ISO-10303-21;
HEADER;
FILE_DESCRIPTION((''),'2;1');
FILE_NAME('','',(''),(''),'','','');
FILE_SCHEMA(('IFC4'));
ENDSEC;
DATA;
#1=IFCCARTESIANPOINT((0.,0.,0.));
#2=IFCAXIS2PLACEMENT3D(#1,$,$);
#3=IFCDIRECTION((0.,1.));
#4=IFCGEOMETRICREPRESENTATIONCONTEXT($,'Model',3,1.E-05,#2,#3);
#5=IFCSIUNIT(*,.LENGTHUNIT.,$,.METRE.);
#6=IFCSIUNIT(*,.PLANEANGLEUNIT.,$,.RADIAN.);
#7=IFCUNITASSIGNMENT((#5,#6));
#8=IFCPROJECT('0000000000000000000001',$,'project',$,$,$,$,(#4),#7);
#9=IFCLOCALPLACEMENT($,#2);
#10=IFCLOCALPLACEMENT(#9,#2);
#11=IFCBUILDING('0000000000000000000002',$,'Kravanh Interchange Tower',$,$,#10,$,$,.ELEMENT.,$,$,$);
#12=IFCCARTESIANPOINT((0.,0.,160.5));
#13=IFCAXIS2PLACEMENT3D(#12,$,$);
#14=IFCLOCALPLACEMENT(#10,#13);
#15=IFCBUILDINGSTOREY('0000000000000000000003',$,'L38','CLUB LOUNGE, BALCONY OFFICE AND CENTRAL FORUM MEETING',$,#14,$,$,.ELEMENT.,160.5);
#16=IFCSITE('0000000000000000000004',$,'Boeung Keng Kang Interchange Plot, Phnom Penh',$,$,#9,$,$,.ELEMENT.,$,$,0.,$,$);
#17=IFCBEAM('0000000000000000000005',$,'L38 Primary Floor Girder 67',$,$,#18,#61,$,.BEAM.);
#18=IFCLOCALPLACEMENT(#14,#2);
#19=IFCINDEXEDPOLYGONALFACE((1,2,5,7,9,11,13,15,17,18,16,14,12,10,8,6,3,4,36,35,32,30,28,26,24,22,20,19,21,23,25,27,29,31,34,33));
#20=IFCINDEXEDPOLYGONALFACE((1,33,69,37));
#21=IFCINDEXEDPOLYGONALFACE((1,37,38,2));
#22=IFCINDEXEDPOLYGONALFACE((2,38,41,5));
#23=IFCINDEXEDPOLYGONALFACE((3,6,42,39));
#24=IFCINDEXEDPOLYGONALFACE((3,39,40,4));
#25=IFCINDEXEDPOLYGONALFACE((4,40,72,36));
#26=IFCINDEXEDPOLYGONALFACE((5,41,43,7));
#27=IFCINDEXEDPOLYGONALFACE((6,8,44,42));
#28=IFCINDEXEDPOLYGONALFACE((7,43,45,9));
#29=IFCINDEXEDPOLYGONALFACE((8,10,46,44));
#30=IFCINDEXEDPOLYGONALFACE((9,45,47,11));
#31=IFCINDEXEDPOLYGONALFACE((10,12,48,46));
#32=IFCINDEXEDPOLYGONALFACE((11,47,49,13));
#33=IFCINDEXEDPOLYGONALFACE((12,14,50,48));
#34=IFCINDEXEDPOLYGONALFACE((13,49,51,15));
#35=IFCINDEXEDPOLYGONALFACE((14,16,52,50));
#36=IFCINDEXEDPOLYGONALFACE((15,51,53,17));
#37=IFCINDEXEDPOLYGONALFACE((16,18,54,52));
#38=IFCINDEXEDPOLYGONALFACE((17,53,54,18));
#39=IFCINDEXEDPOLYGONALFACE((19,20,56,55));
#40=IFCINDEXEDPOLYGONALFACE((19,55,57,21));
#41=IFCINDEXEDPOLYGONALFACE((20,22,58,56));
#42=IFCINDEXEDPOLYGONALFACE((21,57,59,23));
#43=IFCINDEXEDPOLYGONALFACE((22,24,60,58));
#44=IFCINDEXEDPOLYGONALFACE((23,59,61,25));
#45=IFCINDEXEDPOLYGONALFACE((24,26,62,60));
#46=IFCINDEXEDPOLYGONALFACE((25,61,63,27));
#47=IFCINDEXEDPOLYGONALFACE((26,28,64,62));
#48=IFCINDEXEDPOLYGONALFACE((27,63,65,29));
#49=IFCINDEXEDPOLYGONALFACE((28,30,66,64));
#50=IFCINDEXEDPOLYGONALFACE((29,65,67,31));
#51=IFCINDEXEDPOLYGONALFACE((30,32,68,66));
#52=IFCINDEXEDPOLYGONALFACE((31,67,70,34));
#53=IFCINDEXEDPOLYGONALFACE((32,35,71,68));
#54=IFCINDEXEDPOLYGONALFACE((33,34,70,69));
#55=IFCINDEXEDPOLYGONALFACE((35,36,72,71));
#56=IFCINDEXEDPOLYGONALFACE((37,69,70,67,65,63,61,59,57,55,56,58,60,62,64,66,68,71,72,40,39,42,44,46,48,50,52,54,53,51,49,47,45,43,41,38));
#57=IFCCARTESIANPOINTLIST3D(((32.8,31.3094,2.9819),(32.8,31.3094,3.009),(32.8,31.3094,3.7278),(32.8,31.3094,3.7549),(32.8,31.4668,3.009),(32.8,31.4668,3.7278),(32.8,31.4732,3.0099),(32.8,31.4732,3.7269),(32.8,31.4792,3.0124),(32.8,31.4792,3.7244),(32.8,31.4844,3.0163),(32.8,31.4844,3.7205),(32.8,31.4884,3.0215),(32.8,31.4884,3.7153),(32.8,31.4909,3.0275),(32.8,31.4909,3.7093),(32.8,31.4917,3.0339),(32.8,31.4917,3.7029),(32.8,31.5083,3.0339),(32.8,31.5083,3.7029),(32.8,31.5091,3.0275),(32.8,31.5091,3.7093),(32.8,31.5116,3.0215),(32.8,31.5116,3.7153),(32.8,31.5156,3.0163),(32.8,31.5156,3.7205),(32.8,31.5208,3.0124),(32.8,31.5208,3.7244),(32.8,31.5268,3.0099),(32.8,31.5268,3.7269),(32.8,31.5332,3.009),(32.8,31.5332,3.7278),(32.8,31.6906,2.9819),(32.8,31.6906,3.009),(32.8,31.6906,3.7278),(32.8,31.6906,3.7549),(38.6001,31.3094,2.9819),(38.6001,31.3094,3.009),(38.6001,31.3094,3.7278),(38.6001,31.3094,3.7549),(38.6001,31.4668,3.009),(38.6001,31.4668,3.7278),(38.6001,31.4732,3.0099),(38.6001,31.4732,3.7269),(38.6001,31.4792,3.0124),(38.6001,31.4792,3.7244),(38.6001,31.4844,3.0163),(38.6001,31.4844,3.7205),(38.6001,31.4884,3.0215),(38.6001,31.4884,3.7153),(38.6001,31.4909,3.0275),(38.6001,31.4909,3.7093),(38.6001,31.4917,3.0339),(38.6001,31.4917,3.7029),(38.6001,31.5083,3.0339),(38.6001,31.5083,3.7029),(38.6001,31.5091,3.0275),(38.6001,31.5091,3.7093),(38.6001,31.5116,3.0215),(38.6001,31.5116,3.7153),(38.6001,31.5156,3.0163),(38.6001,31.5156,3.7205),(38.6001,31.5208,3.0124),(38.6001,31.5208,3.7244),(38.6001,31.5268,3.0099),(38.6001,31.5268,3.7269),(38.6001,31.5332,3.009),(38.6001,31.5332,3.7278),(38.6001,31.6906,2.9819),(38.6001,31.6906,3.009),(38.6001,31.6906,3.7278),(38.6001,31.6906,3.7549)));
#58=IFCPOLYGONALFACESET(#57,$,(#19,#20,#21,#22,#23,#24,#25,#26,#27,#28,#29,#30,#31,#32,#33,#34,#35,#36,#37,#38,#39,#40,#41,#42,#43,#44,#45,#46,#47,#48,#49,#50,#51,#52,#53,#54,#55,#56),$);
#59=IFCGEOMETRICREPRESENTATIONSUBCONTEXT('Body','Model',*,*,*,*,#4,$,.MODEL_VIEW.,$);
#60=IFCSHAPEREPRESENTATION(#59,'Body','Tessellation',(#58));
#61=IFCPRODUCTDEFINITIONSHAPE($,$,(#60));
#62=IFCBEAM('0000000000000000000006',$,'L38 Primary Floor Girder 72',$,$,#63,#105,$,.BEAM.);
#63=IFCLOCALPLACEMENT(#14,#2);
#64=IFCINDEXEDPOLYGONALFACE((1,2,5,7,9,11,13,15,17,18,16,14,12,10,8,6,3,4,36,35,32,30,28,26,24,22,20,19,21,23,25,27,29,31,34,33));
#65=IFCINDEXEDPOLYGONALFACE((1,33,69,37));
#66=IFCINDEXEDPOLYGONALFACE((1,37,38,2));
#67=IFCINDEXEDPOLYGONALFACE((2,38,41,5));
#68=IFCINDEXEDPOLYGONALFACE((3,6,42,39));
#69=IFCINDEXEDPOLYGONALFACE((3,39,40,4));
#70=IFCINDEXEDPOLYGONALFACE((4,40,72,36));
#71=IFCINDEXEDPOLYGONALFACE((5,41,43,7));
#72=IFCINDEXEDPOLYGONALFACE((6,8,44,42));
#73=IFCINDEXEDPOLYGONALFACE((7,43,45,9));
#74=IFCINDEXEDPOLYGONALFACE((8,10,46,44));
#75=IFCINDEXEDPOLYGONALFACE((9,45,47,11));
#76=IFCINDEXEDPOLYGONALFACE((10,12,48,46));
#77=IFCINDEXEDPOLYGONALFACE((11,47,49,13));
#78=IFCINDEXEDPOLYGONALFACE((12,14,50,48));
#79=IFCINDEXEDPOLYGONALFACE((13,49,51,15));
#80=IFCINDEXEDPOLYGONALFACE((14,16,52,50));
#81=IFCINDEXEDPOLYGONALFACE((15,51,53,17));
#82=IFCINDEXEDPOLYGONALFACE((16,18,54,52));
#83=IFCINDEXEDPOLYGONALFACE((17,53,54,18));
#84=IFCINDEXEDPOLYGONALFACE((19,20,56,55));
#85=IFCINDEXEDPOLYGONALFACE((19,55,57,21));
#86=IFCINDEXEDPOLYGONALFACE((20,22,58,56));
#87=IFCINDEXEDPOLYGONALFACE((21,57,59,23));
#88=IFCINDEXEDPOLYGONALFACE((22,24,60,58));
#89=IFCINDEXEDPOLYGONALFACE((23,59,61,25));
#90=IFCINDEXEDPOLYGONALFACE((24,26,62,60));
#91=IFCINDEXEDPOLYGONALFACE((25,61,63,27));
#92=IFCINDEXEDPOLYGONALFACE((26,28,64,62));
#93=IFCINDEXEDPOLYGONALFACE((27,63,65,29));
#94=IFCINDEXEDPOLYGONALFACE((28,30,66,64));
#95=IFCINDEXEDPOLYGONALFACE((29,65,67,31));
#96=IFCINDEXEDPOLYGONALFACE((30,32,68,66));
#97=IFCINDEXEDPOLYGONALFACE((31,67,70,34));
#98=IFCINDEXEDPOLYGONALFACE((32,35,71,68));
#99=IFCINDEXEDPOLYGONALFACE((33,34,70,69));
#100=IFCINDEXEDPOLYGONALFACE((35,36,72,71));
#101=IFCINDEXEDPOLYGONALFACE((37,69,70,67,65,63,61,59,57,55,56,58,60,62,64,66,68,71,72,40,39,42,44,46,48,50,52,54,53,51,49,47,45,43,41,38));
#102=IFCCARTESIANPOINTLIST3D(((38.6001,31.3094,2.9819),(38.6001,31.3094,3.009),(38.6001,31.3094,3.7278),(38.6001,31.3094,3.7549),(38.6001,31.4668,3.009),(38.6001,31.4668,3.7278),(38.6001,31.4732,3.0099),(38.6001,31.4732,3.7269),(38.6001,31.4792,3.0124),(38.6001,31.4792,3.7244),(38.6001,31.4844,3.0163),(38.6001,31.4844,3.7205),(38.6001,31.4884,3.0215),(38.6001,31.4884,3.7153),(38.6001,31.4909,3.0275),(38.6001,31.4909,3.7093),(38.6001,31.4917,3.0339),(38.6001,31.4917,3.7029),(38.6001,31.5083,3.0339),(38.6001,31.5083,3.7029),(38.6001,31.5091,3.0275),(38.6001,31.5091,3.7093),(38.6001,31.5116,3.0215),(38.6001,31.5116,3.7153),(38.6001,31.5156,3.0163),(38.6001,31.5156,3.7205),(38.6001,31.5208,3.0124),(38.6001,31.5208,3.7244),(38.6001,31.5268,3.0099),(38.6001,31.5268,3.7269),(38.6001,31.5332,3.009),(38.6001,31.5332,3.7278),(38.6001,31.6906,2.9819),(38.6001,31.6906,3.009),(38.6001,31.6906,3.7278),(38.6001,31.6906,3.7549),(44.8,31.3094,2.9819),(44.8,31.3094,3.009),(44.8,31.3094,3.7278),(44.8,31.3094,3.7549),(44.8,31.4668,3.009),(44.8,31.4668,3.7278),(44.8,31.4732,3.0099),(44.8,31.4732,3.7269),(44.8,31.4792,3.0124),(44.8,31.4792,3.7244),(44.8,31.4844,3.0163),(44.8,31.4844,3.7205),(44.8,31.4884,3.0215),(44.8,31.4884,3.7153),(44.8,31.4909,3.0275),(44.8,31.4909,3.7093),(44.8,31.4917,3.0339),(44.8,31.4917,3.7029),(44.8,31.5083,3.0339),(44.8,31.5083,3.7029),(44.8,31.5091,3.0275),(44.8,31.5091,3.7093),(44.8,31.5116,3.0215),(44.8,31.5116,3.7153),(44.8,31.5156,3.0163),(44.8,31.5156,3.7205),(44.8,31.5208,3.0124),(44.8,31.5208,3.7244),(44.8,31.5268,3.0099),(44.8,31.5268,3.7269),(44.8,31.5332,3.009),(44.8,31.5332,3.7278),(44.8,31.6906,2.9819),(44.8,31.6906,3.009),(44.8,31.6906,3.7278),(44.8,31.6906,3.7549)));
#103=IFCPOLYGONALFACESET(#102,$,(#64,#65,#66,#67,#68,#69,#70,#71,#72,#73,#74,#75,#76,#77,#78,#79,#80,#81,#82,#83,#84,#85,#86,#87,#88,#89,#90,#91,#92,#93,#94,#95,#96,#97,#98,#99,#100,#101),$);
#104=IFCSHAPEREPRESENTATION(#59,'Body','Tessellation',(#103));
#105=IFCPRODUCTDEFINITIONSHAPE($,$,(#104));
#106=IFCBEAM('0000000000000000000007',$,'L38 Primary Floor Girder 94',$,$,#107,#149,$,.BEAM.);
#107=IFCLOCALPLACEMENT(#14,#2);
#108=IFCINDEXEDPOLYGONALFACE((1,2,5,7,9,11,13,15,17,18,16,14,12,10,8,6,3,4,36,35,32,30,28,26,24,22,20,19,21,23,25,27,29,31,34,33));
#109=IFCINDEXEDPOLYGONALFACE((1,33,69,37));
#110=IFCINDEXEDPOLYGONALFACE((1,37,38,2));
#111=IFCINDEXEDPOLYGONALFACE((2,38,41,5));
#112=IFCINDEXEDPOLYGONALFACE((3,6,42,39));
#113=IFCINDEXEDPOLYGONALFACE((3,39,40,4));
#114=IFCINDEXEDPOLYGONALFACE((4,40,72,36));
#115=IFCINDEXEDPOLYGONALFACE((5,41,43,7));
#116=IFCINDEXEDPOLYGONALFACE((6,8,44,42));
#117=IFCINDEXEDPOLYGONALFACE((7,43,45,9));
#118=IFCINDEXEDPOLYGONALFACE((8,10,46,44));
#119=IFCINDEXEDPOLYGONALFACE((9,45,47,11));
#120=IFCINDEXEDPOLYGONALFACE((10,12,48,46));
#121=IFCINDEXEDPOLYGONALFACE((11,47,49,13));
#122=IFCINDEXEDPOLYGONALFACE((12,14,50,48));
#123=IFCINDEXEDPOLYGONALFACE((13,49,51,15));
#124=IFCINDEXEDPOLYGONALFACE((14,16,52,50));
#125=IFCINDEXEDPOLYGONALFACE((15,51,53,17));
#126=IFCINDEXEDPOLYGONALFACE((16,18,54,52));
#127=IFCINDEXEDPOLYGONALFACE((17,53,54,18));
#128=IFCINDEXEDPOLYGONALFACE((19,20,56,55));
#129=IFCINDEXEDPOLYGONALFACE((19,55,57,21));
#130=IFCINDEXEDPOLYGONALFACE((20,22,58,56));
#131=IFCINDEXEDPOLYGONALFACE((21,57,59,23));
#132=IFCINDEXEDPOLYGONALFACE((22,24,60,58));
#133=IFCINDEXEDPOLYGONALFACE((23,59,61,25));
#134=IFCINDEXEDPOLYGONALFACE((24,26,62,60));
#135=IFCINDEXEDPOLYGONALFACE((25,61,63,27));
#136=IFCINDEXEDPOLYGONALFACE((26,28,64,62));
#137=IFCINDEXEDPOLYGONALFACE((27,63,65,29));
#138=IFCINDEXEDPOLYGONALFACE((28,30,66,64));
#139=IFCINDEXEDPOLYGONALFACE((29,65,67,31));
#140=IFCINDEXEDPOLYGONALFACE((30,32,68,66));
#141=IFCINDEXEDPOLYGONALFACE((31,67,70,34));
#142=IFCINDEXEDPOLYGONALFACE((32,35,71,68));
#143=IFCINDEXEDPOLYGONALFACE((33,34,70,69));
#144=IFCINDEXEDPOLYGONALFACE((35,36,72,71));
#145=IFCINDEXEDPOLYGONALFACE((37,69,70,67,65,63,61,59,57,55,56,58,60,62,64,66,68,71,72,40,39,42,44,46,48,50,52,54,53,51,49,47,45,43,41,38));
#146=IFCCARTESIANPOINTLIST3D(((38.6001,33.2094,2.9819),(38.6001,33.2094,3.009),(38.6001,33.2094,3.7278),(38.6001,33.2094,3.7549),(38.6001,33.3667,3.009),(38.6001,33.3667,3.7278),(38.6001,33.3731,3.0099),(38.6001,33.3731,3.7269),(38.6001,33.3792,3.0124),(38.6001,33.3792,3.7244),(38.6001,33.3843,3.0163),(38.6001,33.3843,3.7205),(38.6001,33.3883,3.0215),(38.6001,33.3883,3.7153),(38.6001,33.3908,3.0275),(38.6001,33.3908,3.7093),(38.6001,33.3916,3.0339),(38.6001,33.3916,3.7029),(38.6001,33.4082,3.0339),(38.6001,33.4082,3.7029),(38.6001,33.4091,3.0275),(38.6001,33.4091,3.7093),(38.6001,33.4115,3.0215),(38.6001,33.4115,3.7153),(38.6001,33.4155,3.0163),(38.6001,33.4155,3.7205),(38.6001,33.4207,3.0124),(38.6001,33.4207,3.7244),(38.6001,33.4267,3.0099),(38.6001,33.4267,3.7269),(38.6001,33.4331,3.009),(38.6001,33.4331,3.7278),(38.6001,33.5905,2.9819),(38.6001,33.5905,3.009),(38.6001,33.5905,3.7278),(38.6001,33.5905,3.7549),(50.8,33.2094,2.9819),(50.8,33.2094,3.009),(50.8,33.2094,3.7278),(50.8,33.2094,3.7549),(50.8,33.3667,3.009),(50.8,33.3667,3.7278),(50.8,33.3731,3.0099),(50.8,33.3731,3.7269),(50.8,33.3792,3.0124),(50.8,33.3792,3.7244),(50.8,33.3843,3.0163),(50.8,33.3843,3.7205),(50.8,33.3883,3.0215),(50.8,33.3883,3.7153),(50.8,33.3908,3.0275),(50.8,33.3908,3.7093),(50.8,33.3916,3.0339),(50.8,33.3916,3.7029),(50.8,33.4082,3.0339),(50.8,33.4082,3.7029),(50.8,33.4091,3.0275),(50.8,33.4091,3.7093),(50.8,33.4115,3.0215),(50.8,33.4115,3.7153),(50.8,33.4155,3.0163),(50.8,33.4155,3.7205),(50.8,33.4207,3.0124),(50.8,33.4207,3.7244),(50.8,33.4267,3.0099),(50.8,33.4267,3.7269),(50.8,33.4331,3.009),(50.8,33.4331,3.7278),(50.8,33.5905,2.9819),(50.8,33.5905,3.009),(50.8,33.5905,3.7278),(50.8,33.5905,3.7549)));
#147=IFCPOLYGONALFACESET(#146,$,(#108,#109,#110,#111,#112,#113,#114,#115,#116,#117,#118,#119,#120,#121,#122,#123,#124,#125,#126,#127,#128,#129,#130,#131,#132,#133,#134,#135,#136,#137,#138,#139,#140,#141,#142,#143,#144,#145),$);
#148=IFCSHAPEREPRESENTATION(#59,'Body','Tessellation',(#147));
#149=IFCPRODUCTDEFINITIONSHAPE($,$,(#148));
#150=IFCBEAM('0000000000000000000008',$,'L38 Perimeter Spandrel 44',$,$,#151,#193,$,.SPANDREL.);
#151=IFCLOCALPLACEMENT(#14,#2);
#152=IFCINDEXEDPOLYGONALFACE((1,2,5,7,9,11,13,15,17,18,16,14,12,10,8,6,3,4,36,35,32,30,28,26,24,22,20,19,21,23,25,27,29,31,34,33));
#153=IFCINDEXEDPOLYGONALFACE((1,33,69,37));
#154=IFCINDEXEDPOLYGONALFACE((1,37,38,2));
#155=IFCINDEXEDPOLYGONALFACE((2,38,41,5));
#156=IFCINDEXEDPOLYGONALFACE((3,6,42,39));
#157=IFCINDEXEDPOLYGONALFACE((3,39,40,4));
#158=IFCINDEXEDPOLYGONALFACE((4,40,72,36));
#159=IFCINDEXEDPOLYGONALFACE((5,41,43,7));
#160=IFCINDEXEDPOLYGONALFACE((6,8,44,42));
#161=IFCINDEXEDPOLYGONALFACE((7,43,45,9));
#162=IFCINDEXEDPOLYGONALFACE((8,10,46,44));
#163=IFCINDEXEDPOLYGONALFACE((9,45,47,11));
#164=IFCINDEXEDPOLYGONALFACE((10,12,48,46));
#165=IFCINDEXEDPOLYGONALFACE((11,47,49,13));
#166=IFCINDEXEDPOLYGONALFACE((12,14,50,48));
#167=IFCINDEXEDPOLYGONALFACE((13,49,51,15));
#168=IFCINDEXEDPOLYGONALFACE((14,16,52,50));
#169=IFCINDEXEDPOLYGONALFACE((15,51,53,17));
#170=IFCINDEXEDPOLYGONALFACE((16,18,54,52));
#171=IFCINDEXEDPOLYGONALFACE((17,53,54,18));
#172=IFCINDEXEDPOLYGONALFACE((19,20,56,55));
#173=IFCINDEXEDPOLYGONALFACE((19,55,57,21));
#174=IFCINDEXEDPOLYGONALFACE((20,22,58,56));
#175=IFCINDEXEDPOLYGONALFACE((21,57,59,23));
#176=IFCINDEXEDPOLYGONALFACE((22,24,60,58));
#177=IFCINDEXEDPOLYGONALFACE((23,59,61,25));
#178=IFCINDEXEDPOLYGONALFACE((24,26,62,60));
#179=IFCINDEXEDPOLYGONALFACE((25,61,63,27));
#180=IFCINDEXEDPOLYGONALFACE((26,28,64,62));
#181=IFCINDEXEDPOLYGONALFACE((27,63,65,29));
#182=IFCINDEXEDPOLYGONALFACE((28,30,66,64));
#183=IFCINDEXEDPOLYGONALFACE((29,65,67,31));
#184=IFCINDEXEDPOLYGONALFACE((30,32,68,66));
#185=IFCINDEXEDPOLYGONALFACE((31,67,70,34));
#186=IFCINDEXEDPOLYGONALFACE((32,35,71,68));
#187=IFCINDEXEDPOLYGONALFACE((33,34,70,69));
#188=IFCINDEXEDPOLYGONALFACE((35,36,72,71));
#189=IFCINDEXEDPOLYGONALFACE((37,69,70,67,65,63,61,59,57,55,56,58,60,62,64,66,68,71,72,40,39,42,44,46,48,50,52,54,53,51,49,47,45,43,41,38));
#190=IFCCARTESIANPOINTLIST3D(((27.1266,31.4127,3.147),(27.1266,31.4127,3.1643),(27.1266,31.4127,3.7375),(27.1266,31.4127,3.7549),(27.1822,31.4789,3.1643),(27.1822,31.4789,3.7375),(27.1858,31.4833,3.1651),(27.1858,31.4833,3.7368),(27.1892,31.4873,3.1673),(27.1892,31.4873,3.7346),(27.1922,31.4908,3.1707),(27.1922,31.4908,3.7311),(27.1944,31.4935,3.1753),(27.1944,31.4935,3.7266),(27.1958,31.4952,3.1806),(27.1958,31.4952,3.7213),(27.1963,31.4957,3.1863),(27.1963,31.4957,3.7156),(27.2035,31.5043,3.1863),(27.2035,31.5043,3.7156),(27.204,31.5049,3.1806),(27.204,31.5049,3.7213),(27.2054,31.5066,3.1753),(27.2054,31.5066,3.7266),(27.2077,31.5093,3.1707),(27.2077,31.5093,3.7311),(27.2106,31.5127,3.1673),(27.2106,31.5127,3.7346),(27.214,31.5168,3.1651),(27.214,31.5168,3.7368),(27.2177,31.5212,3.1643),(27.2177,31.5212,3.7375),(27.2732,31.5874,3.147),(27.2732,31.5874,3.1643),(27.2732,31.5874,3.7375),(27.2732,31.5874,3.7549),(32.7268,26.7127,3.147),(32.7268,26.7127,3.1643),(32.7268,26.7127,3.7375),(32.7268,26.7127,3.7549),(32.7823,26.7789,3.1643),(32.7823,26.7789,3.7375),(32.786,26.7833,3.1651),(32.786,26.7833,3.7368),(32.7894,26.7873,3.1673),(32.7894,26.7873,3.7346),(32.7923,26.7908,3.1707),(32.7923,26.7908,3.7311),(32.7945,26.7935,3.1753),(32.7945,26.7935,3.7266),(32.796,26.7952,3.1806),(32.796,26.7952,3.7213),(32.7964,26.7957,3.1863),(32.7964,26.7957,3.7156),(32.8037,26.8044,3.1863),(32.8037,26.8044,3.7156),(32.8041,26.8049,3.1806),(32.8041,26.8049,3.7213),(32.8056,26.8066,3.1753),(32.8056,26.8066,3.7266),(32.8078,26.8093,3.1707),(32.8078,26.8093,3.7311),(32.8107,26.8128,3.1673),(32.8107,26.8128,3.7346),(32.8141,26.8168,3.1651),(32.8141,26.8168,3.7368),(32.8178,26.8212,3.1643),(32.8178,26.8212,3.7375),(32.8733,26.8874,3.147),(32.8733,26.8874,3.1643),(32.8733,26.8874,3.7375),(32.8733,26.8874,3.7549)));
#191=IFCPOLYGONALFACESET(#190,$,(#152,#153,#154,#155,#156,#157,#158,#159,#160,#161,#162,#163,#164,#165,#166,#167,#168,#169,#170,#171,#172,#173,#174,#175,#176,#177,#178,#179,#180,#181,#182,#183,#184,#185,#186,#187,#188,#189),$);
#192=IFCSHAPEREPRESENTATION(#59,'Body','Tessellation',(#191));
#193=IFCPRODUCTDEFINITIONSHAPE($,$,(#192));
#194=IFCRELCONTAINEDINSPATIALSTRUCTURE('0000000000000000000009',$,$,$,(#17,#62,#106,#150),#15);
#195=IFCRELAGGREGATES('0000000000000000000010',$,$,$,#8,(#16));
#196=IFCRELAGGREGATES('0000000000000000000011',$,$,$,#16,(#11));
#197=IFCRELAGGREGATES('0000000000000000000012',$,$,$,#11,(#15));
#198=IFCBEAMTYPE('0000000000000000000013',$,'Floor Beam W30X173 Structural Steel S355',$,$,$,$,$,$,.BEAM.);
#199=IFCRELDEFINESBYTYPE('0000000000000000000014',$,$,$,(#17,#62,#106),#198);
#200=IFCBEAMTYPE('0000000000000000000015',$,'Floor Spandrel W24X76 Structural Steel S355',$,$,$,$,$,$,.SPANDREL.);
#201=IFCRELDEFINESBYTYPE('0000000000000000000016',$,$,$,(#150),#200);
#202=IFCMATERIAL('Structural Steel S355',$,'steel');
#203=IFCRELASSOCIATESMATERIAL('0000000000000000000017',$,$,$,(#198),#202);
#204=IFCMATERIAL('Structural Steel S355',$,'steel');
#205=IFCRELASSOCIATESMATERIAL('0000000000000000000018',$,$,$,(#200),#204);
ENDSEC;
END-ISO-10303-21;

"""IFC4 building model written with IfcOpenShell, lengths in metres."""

from ifc_helpers import new_model, si_unit, direction, frame, origin, origin_2d, place, context, subcontext, project, spatial, i_section, extrude, material, material_profile, profile_set, type_object, element, save


model = new_model("IFC4")

# Units and contexts
model_context = context("Model", 3, precision=1e-05, world=origin(), true_north=direction((0.0, 1.0)))
body_context = subcontext(model_context, "Body", "Model", "MODEL_VIEW")
ifc_project = project(units=[si_unit("LENGTHUNIT", "METRE"), si_unit("PLANEANGLEUNIT", "RADIAN")], contexts=[model_context])

# Site, building, storey
site_placement = place(None, origin())
site = spatial("IfcSite", under=ifc_project, at=site_placement, Name="Boeung Keng Kang Interchange Plot, Phnom Penh", CompositionType="ELEMENT", RefElevation=0.0)
building_placement = place(site_placement, origin())
building = spatial("IfcBuilding", under=site, at=building_placement, Name="Kravanh Interchange Tower", CompositionType="ELEMENT")
storey_placement = place(building_placement, frame((0.0, 0.0, 160.5)))
storey = spatial("IfcBuildingStorey", under=building, at=storey_placement, Name="L38", Description="CLUB LOUNGE, BALCONY OFFICE AND CENTRAL FORUM MEETING", CompositionType="ELEMENT", Elevation=160.5)

# Beams
ifc_material_1 = material(Name="Structural Steel S355", Category="steel")
ifc_material_profile_1 = material_profile(ifc_material_1, i_section(OverallWidth=0.3811, OverallDepth=0.7729, WebThickness=0.0166, FlangeThickness=0.0271, FilletRadius=0.0249, at=origin_2d()), Name="W30X173")
ifc_profile_set_1 = profile_set([ifc_material_profile_1], Name="Structural Steel S355")
beam_type_1 = type_object("IfcBeamType", Name="Floor Beam W30X173 Structural Steel S355", PredefinedType="BEAM", material=ifc_profile_set_1)
beam_1_placement = place(storey_placement, frame((32.8, 31.5, 3.3684), z_axis=(1.0, 0.0, 0.0), x_axis=(0.0, 1.0, 0.0)))
element("IfcBeam", 1, at=beam_1_placement, inside=storey, type_object=beam_type_1, Name="L38 Primary Floor Girder 67", PredefinedType="BEAM", context=body_context, shape_type="SweptSolid", body=[
    extrude(i_section(OverallWidth=0.3811, OverallDepth=0.7729, WebThickness=0.0166, FlangeThickness=0.0271, FilletRadius=0.0249, at=origin_2d()), origin(), (0.0, 0.0, 1.0), 5.8),
])
beam_2_placement = place(storey_placement, frame((38.6001, 31.5, 3.3684), z_axis=(1.0, 0.0, 0.0), x_axis=(0.0, 1.0, 0.0)))
element("IfcBeam", 2, at=beam_2_placement, inside=storey, type_object=beam_type_1, Name="L38 Primary Floor Girder 72", PredefinedType="BEAM", context=body_context, shape_type="SweptSolid", body=[
    extrude(i_section(OverallWidth=0.3811, OverallDepth=0.7729, WebThickness=0.0166, FlangeThickness=0.0271, FilletRadius=0.0249, at=origin_2d()), origin(), (0.0, 0.0, 1.0), 6.2),
])
beam_3_placement = place(storey_placement, frame((38.6001, 33.3999, 3.3684), z_axis=(1.0, 0.0, 0.0), x_axis=(0.0, 1.0, 0.0)))
element("IfcBeam", 3, at=beam_3_placement, inside=storey, type_object=beam_type_1, Name="L38 Primary Floor Girder 94", PredefinedType="BEAM", context=body_context, shape_type="SweptSolid", body=[
    extrude(i_section(OverallWidth=0.3811, OverallDepth=0.7729, WebThickness=0.0166, FlangeThickness=0.0271, FilletRadius=0.0249, at=origin_2d()), origin(), (0.0, 0.0, 1.0), 12.2),
])
ifc_material_2 = material(Name="Structural Steel S355", Category="steel")
ifc_material_profile_2 = material_profile(ifc_material_2, i_section(OverallWidth=0.228, OverallDepth=0.6079, WebThickness=0.0112, FlangeThickness=0.0173, FilletRadius=0.022, at=origin_2d()), Name="W24X76")
ifc_profile_set_2 = profile_set([ifc_material_profile_2], Name="Structural Steel S355")
beam_type_2 = type_object("IfcBeamType", Name="Floor Spandrel W24X76 Structural Steel S355", PredefinedType="SPANDREL", material=ifc_profile_set_2)
beam_4_placement = place(storey_placement, frame((32.8, 26.8, 3.4509), z_axis=(-0.765983, 0.642861, 0.0), x_axis=(-0.642861, -0.765983, 0.0)))
element("IfcBeam", 4, at=beam_4_placement, inside=storey, type_object=beam_type_2, Name="L38 Perimeter Spandrel 44", PredefinedType="SPANDREL", context=body_context, shape_type="SweptSolid", body=[
    extrude(i_section(OverallWidth=0.228, OverallDepth=0.6079, WebThickness=0.0112, FlangeThickness=0.0173, FilletRadius=0.022, at=origin_2d()), origin(), (0.0, 0.0, 1.0), 7.311),
])

save(model, "model.ifc")
